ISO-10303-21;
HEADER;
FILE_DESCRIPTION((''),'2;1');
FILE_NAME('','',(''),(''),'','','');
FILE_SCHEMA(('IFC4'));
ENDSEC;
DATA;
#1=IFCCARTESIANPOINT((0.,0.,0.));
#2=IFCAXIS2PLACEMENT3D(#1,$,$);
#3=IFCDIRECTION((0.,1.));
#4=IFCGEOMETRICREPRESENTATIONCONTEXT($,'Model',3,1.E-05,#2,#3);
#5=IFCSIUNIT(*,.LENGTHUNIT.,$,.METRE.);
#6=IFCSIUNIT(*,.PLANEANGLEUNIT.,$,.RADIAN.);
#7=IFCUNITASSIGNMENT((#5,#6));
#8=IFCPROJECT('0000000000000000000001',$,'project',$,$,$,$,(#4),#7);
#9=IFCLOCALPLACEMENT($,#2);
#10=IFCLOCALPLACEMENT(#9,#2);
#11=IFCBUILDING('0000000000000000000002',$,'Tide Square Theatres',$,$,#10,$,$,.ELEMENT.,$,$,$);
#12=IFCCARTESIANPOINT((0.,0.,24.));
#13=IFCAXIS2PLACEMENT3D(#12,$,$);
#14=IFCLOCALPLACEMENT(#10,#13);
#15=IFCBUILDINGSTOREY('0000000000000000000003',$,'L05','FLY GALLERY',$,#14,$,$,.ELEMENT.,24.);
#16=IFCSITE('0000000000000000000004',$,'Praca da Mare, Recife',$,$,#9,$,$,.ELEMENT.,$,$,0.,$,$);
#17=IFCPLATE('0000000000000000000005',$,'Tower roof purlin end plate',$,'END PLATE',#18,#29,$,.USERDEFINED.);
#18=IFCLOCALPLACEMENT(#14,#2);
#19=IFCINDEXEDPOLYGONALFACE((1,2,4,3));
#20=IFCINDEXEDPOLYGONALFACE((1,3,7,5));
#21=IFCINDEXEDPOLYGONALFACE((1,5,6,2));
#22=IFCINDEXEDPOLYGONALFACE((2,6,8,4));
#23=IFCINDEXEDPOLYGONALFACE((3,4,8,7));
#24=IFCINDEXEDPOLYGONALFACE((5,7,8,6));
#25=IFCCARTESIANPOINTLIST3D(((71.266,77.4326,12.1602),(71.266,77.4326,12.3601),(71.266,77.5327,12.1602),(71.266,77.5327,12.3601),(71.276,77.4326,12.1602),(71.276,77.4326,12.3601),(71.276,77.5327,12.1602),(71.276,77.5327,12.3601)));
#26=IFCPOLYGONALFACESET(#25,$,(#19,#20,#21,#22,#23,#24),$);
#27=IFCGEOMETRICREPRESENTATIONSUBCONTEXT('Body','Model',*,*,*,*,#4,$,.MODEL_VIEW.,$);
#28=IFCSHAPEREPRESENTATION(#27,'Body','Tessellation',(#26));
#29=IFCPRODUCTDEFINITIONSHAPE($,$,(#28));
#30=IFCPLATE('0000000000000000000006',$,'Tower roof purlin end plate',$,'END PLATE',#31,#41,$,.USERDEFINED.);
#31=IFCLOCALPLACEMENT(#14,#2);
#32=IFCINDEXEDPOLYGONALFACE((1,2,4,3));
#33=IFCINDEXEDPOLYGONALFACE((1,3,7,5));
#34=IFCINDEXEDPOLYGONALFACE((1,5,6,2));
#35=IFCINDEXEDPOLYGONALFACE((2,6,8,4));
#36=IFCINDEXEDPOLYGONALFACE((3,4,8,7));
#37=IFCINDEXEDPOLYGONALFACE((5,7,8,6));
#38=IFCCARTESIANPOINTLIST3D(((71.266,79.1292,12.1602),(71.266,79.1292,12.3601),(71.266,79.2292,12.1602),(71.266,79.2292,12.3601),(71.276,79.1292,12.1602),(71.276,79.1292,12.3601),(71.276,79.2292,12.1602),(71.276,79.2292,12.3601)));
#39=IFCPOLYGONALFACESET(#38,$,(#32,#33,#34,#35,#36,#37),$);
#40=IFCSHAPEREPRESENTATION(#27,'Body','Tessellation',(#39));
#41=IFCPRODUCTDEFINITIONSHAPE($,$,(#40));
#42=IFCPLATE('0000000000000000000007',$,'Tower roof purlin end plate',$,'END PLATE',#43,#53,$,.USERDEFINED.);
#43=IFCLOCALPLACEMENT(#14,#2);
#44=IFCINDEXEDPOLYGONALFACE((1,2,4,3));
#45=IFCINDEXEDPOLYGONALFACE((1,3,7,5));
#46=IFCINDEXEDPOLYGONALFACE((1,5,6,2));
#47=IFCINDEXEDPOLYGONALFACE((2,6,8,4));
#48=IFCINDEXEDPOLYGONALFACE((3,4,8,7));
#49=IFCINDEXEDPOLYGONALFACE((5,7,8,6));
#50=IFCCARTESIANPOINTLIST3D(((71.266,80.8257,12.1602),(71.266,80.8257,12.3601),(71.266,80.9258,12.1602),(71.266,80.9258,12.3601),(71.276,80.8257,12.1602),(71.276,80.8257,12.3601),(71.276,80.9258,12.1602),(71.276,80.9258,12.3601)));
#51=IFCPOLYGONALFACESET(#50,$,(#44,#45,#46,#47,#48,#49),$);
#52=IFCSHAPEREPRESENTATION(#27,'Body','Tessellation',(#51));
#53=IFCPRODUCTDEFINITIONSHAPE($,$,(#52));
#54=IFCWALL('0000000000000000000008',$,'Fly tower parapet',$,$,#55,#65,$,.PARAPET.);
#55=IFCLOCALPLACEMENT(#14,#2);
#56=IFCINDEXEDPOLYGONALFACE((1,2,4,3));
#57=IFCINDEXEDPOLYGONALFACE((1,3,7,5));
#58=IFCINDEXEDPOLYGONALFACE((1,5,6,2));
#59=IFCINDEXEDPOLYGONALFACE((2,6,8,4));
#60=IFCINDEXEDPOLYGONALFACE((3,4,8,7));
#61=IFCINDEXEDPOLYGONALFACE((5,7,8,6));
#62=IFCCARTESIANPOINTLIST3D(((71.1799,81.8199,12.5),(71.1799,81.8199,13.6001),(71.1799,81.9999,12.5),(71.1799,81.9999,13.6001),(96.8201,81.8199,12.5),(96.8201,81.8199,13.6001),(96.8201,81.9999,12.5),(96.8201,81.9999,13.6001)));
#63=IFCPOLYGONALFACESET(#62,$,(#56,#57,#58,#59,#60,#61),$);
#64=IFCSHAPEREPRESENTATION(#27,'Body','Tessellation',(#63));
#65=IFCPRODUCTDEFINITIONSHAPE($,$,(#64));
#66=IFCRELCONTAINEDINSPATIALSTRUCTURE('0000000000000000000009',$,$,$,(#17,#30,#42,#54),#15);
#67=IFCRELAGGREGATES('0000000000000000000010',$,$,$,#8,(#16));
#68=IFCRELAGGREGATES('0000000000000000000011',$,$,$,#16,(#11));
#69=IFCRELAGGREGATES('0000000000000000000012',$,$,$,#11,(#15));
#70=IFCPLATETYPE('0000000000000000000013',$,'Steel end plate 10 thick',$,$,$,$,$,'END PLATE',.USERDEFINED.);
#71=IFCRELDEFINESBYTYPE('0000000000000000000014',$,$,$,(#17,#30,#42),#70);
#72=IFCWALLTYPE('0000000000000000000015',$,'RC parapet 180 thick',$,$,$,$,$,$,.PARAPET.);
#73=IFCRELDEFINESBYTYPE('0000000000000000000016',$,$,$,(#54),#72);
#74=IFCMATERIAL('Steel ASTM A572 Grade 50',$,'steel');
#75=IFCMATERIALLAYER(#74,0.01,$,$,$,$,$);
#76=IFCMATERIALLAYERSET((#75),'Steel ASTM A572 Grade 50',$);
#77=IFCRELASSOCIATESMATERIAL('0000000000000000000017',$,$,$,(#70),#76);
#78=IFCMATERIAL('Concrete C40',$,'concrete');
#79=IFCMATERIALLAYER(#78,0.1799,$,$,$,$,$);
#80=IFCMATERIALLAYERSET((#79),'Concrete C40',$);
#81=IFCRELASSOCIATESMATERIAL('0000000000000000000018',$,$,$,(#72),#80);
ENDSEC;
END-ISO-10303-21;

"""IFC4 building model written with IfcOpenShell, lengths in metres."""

from ifc_helpers import new_model, si_unit, direction, frame, frame_2d, origin, origin_2d, place, context, subcontext, project, spatial, rectangle, extrude, material, layer, layer_set, type_object, element, save


model = new_model("IFC4")

# Units and contexts
model_context = context("Model", 3, precision=1e-05, world=origin(), true_north=direction((0.0, 1.0)))
body_context = subcontext(model_context, "Body", "Model", "MODEL_VIEW")
ifc_project = project(units=[si_unit("LENGTHUNIT", "METRE"), si_unit("PLANEANGLEUNIT", "RADIAN")], contexts=[model_context])

# Site, building, storey
site_placement = place(None, origin())
site = spatial("IfcSite", under=ifc_project, at=site_placement, Name="Praca da Mare, Recife", CompositionType="ELEMENT", RefElevation=0.0)
building_placement = place(site_placement, origin())
building = spatial("IfcBuilding", under=site, at=building_placement, Name="Tide Square Theatres", CompositionType="ELEMENT")
storey_placement = place(building_placement, frame((0.0, 0.0, 24.0)))
storey = spatial("IfcBuildingStorey", under=building, at=storey_placement, Name="L05", Description="FLY GALLERY", CompositionType="ELEMENT", Elevation=24.0)

# Plates
ifc_material_1 = material(Name="Steel ASTM A572 Grade 50", Category="steel")
ifc_layer_1 = layer(ifc_material_1, 0.01)
ifc_layer_set_1 = layer_set([ifc_layer_1], Name="Steel ASTM A572 Grade 50")
plate_type = type_object("IfcPlateType", Name="Steel end plate 10 thick", ElementType="END PLATE", PredefinedType="USERDEFINED", material=ifc_layer_set_1)
for number, where, z_axis, x_axis, name in (
    (1, (71.271, 77.4827, 12.1602), (0.0, 0.0, 1.0), (-1.0, 0.0, 0.0), "Tower roof purlin end plate"),
    (2, (71.271, 79.1792, 12.1602), (0.0, 0.0, 1.0), (-1.0, 0.0, 0.0), "Tower roof purlin end plate"),
    (3, (71.271, 80.8757, 12.1602), (0.0, 0.0, 1.0), (-1.0, 0.0, 0.0), "Tower roof purlin end plate"),
):
    element("IfcPlate", number, at=place(storey_placement, frame(where, z_axis=z_axis, x_axis=x_axis)), inside=storey, type_object=plate_type, Name=name, ObjectType="END PLATE", PredefinedType="USERDEFINED", context=body_context, shape_type="SweptSolid", body=[
        extrude(rectangle(XDim=0.01, YDim=0.1001, at=origin_2d()), origin(), (0.0, 0.0, 1.0), 0.2),
    ])

# Wall
ifc_material_2 = material(Name="Concrete C40", Category="concrete")
ifc_layer_2 = layer(ifc_material_2, 0.1799)
ifc_layer_set_2 = layer_set([ifc_layer_2], Name="Concrete C40")
wall_type = type_object("IfcWallType", Name="RC parapet 180 thick", PredefinedType="PARAPET", material=ifc_layer_set_2)
wall_placement = place(storey_placement, frame((71.1799, 81.9099, 12.5), z_axis=(0.0, 0.0, 1.0), x_axis=(1.0, 0.0, 0.0)))
element("IfcWall", 4, at=wall_placement, inside=storey, type_object=wall_type, Name="Fly tower parapet", PredefinedType="PARAPET", context=body_context, shape_type="SweptSolid", body=[
    extrude(rectangle(XDim=25.6401, YDim=0.1799, at=frame_2d((12.8201, 0.0))), origin(), (0.0, 0.0, 1.0), 1.1001),
])

save(model, "model.ifc")
